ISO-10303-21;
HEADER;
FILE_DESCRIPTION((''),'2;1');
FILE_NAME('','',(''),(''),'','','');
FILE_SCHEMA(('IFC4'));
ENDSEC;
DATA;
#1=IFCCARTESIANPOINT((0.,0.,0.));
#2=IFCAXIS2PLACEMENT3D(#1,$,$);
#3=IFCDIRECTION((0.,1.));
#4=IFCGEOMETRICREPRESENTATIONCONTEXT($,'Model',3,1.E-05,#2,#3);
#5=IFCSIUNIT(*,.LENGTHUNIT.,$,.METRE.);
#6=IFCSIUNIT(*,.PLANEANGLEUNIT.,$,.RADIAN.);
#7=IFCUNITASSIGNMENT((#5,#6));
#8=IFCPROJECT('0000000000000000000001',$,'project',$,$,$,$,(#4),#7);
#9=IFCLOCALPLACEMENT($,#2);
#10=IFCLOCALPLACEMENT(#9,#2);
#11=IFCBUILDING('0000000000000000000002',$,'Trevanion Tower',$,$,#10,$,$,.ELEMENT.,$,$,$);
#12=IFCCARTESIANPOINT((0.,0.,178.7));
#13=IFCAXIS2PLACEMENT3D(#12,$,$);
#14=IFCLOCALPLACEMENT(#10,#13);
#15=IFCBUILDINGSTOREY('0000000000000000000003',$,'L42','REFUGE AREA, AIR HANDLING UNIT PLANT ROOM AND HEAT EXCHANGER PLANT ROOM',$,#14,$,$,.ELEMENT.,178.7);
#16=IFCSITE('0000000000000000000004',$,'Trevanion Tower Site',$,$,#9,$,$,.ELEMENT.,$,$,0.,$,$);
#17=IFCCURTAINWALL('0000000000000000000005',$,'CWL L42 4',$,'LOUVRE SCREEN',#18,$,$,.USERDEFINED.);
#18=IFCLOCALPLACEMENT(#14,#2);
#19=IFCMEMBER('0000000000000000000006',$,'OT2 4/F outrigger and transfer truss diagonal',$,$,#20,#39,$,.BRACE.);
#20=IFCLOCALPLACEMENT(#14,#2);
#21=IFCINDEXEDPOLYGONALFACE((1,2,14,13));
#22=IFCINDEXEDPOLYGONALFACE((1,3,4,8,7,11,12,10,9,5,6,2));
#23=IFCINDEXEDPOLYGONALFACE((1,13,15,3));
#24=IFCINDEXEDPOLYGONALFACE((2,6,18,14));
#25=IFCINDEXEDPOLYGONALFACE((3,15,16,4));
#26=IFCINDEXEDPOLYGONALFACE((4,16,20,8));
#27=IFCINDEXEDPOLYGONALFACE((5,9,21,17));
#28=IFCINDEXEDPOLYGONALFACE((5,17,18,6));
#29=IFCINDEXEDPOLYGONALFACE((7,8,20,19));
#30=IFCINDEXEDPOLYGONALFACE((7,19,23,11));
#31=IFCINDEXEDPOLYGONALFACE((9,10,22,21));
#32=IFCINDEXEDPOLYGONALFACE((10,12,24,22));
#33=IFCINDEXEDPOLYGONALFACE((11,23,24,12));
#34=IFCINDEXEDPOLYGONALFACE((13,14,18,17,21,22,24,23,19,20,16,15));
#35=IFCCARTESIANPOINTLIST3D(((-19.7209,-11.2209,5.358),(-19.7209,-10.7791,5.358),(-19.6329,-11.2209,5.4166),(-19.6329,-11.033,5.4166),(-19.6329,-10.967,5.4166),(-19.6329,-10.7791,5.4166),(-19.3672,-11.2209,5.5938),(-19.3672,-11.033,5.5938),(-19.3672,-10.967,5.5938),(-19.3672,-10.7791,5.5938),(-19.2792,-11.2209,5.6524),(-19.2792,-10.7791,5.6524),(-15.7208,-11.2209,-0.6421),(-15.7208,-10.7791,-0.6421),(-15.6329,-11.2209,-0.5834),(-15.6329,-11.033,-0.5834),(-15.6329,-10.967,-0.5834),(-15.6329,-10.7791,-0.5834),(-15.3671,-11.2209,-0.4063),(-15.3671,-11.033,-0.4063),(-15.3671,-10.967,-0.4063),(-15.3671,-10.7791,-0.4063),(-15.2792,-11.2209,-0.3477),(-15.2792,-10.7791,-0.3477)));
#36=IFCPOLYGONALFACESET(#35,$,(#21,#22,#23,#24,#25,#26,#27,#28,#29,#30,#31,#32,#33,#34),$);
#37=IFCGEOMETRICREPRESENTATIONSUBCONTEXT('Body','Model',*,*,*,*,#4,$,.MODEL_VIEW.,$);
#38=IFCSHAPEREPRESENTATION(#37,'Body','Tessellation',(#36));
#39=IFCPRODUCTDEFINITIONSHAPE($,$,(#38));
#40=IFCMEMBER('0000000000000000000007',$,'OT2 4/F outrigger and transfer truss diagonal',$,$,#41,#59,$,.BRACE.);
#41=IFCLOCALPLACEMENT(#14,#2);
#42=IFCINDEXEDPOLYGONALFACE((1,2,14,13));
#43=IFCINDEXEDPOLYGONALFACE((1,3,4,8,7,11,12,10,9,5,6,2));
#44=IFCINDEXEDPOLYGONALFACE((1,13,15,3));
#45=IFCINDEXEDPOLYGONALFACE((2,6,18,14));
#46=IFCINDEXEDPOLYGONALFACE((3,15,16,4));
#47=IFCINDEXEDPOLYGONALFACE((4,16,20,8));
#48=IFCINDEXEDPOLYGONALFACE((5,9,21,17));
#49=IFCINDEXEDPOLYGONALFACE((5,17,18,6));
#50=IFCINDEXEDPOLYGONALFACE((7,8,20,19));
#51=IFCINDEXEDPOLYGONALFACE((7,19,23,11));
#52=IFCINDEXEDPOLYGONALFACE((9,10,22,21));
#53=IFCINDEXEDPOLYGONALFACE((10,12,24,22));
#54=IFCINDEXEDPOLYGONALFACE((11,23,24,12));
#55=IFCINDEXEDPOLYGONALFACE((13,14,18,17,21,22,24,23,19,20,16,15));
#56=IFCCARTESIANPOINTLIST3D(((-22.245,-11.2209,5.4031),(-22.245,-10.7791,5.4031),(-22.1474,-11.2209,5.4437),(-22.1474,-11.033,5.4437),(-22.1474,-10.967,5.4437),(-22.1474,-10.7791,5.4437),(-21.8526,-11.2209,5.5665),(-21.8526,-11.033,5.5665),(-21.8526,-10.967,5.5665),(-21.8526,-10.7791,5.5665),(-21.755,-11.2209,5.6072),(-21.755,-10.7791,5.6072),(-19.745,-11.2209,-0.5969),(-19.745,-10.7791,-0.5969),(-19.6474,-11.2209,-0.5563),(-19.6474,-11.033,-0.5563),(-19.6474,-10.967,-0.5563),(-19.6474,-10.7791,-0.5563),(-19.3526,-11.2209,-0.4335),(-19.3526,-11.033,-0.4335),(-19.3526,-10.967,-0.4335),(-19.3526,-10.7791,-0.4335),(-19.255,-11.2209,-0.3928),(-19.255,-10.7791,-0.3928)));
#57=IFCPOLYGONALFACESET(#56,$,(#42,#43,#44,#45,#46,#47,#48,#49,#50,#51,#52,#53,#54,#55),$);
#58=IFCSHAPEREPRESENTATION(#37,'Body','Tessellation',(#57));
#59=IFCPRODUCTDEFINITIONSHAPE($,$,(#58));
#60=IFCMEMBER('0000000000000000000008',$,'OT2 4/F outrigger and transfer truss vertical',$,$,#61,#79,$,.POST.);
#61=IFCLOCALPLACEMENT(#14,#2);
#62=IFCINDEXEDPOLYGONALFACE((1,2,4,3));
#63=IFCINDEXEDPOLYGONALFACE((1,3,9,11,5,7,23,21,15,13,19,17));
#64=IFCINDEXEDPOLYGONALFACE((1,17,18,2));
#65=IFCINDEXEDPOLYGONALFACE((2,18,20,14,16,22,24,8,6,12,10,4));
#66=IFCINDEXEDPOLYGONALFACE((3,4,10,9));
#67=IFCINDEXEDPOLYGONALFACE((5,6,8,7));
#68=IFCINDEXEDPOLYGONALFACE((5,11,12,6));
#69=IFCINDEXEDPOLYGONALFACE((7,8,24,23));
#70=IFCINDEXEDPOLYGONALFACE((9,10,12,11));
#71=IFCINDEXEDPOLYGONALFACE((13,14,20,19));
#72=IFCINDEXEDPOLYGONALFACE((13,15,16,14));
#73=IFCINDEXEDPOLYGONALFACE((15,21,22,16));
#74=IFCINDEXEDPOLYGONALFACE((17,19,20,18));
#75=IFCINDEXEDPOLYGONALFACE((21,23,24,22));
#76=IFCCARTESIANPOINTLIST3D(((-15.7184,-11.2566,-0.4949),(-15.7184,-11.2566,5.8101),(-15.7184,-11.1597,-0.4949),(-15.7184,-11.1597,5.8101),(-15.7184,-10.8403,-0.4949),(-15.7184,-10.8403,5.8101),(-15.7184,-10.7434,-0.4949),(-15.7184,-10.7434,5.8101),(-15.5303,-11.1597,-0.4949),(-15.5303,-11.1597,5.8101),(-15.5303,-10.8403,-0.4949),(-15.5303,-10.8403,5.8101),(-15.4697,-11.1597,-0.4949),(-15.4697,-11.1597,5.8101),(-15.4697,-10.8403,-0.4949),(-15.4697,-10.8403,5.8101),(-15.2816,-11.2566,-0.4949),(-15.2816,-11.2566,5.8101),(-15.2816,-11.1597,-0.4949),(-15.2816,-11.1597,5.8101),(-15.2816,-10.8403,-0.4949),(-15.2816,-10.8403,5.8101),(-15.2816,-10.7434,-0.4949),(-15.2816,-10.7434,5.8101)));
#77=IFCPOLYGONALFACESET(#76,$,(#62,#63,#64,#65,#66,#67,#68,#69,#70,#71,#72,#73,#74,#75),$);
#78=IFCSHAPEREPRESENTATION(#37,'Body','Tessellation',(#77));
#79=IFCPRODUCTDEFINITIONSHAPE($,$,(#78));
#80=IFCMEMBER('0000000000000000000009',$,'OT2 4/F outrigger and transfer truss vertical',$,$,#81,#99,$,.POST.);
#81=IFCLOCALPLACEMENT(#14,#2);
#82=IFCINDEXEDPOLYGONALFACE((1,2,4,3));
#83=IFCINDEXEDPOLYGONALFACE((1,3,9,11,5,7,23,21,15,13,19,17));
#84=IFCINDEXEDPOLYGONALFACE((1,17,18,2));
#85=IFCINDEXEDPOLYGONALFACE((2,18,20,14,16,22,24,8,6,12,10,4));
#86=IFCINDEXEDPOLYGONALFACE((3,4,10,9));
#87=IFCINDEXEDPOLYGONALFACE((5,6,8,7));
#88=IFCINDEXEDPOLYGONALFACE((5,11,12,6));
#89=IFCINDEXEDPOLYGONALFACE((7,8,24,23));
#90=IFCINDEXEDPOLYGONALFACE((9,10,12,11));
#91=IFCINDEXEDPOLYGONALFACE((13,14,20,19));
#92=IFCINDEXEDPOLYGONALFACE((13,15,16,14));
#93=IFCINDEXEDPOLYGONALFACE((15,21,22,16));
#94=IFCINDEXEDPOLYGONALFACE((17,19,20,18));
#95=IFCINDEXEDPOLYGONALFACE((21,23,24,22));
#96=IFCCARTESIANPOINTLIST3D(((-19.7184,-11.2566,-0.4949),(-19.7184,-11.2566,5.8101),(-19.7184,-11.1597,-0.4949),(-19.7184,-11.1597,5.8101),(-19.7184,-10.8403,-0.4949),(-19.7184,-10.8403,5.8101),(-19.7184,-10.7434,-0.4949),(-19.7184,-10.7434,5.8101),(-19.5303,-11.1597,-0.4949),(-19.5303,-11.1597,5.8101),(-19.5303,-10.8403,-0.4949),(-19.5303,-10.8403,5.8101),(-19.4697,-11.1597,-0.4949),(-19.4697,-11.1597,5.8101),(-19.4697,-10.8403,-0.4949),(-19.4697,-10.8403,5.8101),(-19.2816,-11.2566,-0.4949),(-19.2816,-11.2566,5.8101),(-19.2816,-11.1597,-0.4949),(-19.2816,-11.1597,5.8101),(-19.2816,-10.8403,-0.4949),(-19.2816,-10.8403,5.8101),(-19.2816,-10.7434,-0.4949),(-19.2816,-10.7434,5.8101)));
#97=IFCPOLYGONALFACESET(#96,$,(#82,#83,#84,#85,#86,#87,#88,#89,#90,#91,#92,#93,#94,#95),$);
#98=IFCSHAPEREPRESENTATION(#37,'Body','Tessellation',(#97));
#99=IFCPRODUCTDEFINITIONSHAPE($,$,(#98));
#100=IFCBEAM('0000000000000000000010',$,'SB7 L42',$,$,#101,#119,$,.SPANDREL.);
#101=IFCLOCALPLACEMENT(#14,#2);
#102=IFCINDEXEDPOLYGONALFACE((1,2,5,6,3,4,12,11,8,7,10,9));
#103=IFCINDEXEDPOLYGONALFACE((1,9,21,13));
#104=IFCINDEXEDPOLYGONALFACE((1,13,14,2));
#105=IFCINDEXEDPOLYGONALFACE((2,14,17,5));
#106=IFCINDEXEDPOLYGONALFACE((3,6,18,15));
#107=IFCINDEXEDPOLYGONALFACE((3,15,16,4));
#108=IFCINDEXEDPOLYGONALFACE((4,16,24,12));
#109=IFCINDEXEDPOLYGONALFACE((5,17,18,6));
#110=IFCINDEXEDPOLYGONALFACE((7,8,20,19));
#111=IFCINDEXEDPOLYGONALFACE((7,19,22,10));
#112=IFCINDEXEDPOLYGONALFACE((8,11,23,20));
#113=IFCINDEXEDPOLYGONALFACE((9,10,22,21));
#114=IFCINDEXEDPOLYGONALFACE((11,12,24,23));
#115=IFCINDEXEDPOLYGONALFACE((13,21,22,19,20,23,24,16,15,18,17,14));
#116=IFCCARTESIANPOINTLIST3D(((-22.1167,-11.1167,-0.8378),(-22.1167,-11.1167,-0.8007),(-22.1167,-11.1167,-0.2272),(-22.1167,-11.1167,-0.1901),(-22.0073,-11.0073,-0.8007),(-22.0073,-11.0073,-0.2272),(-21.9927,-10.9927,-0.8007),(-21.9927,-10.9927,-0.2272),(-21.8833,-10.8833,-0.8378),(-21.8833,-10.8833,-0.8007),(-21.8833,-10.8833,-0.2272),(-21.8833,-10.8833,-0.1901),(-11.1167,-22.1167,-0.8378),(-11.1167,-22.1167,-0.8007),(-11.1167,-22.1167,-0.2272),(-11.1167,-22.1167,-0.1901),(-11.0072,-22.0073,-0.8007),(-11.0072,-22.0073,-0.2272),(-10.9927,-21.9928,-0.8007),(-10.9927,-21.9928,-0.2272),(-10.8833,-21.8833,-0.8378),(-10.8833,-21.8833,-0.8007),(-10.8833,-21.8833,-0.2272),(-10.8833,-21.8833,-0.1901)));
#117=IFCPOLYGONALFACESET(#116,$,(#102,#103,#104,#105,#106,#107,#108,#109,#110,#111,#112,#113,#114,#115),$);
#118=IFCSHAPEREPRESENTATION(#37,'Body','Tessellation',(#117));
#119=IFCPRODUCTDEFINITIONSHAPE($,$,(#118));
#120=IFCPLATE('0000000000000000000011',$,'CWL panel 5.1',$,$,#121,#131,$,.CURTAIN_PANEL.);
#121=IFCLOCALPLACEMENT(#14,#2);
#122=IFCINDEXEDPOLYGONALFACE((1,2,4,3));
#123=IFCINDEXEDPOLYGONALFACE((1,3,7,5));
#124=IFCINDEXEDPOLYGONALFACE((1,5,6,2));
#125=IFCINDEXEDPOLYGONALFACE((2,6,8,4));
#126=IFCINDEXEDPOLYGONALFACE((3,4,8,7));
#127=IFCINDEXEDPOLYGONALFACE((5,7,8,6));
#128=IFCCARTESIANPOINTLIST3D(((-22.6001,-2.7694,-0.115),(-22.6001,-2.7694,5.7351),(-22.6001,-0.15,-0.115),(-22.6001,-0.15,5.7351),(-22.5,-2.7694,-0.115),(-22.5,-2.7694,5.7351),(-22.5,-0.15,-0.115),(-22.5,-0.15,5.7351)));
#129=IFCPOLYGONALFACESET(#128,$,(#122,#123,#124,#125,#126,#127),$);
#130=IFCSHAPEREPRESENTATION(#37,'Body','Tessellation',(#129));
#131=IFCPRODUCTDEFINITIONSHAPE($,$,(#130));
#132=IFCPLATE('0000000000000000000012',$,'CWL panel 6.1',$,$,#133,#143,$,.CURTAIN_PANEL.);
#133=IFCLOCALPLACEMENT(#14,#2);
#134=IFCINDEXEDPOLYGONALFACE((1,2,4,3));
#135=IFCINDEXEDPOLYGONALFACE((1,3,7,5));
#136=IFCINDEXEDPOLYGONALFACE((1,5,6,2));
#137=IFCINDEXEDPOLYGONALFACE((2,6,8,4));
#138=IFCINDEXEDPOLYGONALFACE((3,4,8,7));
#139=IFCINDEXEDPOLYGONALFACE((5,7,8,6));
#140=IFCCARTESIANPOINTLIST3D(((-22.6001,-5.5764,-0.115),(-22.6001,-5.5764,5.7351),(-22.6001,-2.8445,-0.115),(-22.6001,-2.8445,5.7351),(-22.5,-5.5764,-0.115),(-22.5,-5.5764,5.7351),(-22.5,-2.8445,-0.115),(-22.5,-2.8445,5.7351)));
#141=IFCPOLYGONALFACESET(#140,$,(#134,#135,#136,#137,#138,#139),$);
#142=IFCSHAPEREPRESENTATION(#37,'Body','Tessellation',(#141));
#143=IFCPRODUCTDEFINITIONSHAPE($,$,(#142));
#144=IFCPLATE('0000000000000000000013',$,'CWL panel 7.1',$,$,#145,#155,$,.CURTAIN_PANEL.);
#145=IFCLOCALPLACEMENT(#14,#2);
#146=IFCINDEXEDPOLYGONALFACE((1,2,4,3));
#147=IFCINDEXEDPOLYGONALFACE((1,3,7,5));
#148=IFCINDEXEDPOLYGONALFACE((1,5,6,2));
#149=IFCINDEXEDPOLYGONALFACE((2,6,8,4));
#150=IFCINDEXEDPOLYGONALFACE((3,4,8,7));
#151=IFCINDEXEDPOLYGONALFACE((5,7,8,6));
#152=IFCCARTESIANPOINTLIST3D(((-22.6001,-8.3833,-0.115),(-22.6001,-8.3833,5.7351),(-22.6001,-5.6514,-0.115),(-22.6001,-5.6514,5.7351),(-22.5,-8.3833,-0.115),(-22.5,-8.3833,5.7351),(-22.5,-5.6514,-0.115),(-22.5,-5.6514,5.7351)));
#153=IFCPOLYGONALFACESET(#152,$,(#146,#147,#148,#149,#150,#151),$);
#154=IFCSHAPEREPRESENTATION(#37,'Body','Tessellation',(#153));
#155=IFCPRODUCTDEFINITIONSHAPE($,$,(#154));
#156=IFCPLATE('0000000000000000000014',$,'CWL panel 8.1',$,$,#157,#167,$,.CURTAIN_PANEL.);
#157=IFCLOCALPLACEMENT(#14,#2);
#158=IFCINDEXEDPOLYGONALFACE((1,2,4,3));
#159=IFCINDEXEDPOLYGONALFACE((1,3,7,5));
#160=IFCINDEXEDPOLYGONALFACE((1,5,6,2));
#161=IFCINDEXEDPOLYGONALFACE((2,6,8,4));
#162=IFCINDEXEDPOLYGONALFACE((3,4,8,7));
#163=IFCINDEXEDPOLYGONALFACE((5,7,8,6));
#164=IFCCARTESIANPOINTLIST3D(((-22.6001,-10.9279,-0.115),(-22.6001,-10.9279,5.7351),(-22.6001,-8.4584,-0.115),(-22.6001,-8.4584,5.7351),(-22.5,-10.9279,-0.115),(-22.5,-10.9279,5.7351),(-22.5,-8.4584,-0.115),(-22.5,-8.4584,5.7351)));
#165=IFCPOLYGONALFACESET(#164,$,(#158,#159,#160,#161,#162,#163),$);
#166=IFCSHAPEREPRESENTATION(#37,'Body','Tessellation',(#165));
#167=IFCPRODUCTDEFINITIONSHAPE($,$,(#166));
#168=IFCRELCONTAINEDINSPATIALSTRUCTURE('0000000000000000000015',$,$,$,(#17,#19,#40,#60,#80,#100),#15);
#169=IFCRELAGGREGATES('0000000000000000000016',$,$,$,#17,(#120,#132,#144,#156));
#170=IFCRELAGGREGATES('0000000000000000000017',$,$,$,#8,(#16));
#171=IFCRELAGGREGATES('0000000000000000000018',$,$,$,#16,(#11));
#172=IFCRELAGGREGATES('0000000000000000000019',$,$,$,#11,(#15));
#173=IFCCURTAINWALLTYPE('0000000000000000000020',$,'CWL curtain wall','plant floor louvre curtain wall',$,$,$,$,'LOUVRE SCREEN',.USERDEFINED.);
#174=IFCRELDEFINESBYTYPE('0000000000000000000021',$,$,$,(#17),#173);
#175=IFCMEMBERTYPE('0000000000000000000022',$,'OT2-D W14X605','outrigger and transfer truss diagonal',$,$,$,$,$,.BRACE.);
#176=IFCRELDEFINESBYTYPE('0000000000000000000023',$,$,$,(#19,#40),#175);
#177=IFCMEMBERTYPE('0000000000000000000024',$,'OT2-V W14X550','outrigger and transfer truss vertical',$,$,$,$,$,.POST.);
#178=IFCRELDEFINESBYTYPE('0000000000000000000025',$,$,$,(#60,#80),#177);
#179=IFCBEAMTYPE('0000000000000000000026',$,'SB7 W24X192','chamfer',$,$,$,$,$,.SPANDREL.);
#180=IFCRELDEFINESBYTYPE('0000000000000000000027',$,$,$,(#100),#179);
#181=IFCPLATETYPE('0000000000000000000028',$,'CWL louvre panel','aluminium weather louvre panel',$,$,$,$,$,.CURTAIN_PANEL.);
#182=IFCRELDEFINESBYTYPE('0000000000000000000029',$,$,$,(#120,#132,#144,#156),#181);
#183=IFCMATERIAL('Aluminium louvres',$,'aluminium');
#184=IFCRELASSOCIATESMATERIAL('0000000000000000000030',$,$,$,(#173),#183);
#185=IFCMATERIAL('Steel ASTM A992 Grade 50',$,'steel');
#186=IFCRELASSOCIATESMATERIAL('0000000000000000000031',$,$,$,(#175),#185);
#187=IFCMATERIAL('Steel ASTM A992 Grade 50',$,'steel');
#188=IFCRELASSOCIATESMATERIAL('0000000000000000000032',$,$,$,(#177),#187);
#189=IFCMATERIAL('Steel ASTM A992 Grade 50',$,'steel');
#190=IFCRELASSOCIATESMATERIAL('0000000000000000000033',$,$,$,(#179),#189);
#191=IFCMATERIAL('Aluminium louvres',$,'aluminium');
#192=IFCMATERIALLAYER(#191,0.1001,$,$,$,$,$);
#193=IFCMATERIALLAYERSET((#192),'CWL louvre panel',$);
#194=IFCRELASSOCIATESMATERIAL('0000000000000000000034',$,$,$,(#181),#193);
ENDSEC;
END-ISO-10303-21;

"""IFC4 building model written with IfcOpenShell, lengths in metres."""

from ifc_helpers import new_model, si_unit, direction, frame, origin, origin_2d, place, context, subcontext, project, spatial, rectangle, i_section, extrude, material, layer, layer_set, material_profile, profile_set, type_object, element, aggregate, save


model = new_model("IFC4")

# Units and contexts
model_context = context("Model", 3, precision=1e-05, world=origin(), true_north=direction((0.0, 1.0)))
body_context = subcontext(model_context, "Body", "Model", "MODEL_VIEW")
ifc_project = project(units=[si_unit("LENGTHUNIT", "METRE"), si_unit("PLANEANGLEUNIT", "RADIAN")], contexts=[model_context])

# Site, building, storey
site_placement = place(None, origin())
site = spatial("IfcSite", under=ifc_project, at=site_placement, Name="Trevanion Tower Site", CompositionType="ELEMENT", RefElevation=0.0)
building_placement = place(site_placement, origin())
building = spatial("IfcBuilding", under=site, at=building_placement, Name="Trevanion Tower", CompositionType="ELEMENT")
storey_placement = place(building_placement, frame((0.0, 0.0, 178.7)))
storey = spatial("IfcBuildingStorey", under=building, at=storey_placement, Name="L42", Description="REFUGE AREA, AIR HANDLING UNIT PLANT ROOM AND HEAT EXCHANGER PLANT ROOM", CompositionType="ELEMENT", Elevation=178.7)

# Curtain wall
ifc_material_1 = material(Name="Aluminium louvres", Category="aluminium")
curtain_wall_type = type_object("IfcCurtainWallType", Name="CWL curtain wall", Description="plant floor louvre curtain wall", ElementType="LOUVRE SCREEN", PredefinedType="USERDEFINED", material=ifc_material_1)
curtain_wall_1_placement = place(storey_placement, origin())
curtain_wall_1 = element("IfcCurtainWall", 1, at=curtain_wall_1_placement, inside=storey, type_object=curtain_wall_type, Name="CWL L42 4", ObjectType="LOUVRE SCREEN", PredefinedType="USERDEFINED")

# Members
ifc_material_2 = material(Name="Steel ASTM A992 Grade 50", Category="steel")
ifc_material_profile_1 = material_profile(ifc_material_2, i_section(OverallWidth=0.4419, OverallDepth=0.5308, WebThickness=0.0659, FlangeThickness=0.1057, at=origin_2d()), Name="W14X605")
ifc_profile_set_1 = profile_set([ifc_material_profile_1], Name="Steel ASTM A992 Grade 50")
member_type_1 = type_object("IfcMemberType", Name="OT2-D W14X605", Description="outrigger and transfer truss diagonal", PredefinedType="BRACE", material=ifc_profile_set_1)
member_1_placement = place(storey_placement, frame((-15.5, -11.0, -0.4949), z_axis=(-0.5547, 0.0, 0.83205), x_axis=(0.0, -1.0, 0.0)))
element("IfcMember", 2, at=member_1_placement, inside=storey, type_object=member_type_1, Name="OT2 4/F outrigger and transfer truss diagonal", PredefinedType="BRACE", context=body_context, shape_type="SweptSolid", body=[
    extrude(i_section(OverallWidth=0.4419, OverallDepth=0.5308, WebThickness=0.0659, FlangeThickness=0.1057, at=origin_2d()), origin(), (0.0, 0.0, 1.0), 7.2112),
])
member_2_placement = place(storey_placement, frame((-19.5, -11.0, -0.4949), z_axis=(-0.384615, 0.0, 0.923077), x_axis=(0.0, -1.0, 0.0)))
element("IfcMember", 3, at=member_2_placement, inside=storey, type_object=member_type_1, Name="OT2 4/F outrigger and transfer truss diagonal", PredefinedType="BRACE", context=body_context, shape_type="SweptSolid", body=[
    extrude(i_section(OverallWidth=0.4419, OverallDepth=0.5308, WebThickness=0.0659, FlangeThickness=0.1057, at=origin_2d()), origin(), (0.0, 0.0, 1.0), 6.5),
])
ifc_material_3 = material(Name="Steel ASTM A992 Grade 50", Category="steel")
ifc_material_profile_2 = material_profile(ifc_material_3, i_section(OverallWidth=0.4368, OverallDepth=0.5132, WebThickness=0.0605, FlangeThickness=0.0969, at=origin_2d()), Name="W14X550")
ifc_profile_set_2 = profile_set([ifc_material_profile_2], Name="Steel ASTM A992 Grade 50")
member_type_2 = type_object("IfcMemberType", Name="OT2-V W14X550", Description="outrigger and transfer truss vertical", PredefinedType="POST", material=ifc_profile_set_2)
for number, where, z_axis, x_axis, name in (
    (4, (-15.5, -11.0, -0.4949), (0.0, 0.0, 1.0), (1.0, 0.0, 0.0), "OT2 4/F outrigger and transfer truss vertical"),
    (5, (-19.5, -11.0, -0.4949), (0.0, 0.0, 1.0), (1.0, 0.0, 0.0), "OT2 4/F outrigger and transfer truss vertical"),
):
    element("IfcMember", number, at=place(storey_placement, frame(where, z_axis=z_axis, x_axis=x_axis)), inside=storey, type_object=member_type_2, Name=name, PredefinedType="POST", context=body_context, shape_type="SweptSolid", body=[
        extrude(i_section(OverallWidth=0.4368, OverallDepth=0.5132, WebThickness=0.0605, FlangeThickness=0.0969, at=origin_2d()), origin(), (0.0, 0.0, 1.0), 6.3049),
    ])

# Beam
ifc_material_4 = material(Name="Steel ASTM A992 Grade 50", Category="steel")
ifc_material_profile_3 = material_profile(ifc_material_4, i_section(OverallWidth=0.3301, OverallDepth=0.6477, WebThickness=0.0205, FlangeThickness=0.0371, at=origin_2d()), Name="W24X192")
ifc_profile_set_3 = profile_set([ifc_material_profile_3], Name="Steel ASTM A992 Grade 50")
beam_type_1 = type_object("IfcBeamType", Name="SB7 W24X192", Description="chamfer", PredefinedType="SPANDREL", material=ifc_profile_set_3)
beam_1_placement = place(storey_placement, frame((-22.0, -11.0, -0.5139), z_axis=(0.707107, -0.707107, 0.0), x_axis=(0.707107, 0.707107, 0.0)))
element("IfcBeam", 6, at=beam_1_placement, inside=storey, type_object=beam_type_1, Name="SB7 L42", PredefinedType="SPANDREL", context=body_context, shape_type="SweptSolid", body=[
    extrude(i_section(OverallWidth=0.3301, OverallDepth=0.6477, WebThickness=0.0205, FlangeThickness=0.0371, at=origin_2d()), origin(), (0.0, 0.0, 1.0), 15.5564),
])

# Plates
ifc_material_5 = material(Name="Aluminium louvres", Category="aluminium")
ifc_layer = layer(ifc_material_5, 0.1001)
ifc_layer_set = layer_set([ifc_layer], Name="CWL louvre panel")
plate_type = type_object("IfcPlateType", Name="CWL louvre panel", Description="aluminium weather louvre panel", PredefinedType="CURTAIN_PANEL", material=ifc_layer_set)
plate_1_placement = place(storey_placement, frame((-22.55, -1.4597, -0.115), z_axis=(0.0, 0.0, 1.0), x_axis=(0.0, -1.0, 0.0)))
plate_1 = element("IfcPlate", 7, at=plate_1_placement, type_object=plate_type, Name="CWL panel 5.1", PredefinedType="CURTAIN_PANEL", context=body_context, shape_type="SweptSolid", body=[
    extrude(rectangle(XDim=2.6194, YDim=0.1001, at=origin_2d()), origin(), (0.0, 0.0, 1.0), 5.8501),
])
plate_2_placement = place(storey_placement, frame((-22.55, -4.2104, -0.115), z_axis=(0.0, 0.0, 1.0), x_axis=(0.0, -1.0, 0.0)))
plate_2 = element("IfcPlate", 8, at=plate_2_placement, type_object=plate_type, Name="CWL panel 6.1", PredefinedType="CURTAIN_PANEL", context=body_context, shape_type="SweptSolid", body=[
    extrude(rectangle(XDim=2.7319, YDim=0.1001, at=origin_2d()), origin(), (0.0, 0.0, 1.0), 5.8501),
])
plate_3_placement = place(storey_placement, frame((-22.55, -7.0173, -0.115), z_axis=(0.0, 0.0, 1.0), x_axis=(0.0, -1.0, 0.0)))
plate_3 = element("IfcPlate", 9, at=plate_3_placement, type_object=plate_type, Name="CWL panel 7.1", PredefinedType="CURTAIN_PANEL", context=body_context, shape_type="SweptSolid", body=[
    extrude(rectangle(XDim=2.7319, YDim=0.1001, at=origin_2d()), origin(), (0.0, 0.0, 1.0), 5.8501),
])
plate_4_placement = place(storey_placement, frame((-22.55, -9.6931, -0.115), z_axis=(0.0, 0.0, 1.0), x_axis=(0.0, -1.0, 0.0)))
plate_4 = element("IfcPlate", 10, at=plate_4_placement, type_object=plate_type, Name="CWL panel 8.1", PredefinedType="CURTAIN_PANEL", context=body_context, shape_type="SweptSolid", body=[
    extrude(rectangle(XDim=2.4695, YDim=0.1001, at=origin_2d()), origin(), (0.0, 0.0, 1.0), 5.8501),
])
aggregate(curtain_wall_1, [plate_1, plate_2, plate_3, plate_4])

save(model, "model.ifc")
